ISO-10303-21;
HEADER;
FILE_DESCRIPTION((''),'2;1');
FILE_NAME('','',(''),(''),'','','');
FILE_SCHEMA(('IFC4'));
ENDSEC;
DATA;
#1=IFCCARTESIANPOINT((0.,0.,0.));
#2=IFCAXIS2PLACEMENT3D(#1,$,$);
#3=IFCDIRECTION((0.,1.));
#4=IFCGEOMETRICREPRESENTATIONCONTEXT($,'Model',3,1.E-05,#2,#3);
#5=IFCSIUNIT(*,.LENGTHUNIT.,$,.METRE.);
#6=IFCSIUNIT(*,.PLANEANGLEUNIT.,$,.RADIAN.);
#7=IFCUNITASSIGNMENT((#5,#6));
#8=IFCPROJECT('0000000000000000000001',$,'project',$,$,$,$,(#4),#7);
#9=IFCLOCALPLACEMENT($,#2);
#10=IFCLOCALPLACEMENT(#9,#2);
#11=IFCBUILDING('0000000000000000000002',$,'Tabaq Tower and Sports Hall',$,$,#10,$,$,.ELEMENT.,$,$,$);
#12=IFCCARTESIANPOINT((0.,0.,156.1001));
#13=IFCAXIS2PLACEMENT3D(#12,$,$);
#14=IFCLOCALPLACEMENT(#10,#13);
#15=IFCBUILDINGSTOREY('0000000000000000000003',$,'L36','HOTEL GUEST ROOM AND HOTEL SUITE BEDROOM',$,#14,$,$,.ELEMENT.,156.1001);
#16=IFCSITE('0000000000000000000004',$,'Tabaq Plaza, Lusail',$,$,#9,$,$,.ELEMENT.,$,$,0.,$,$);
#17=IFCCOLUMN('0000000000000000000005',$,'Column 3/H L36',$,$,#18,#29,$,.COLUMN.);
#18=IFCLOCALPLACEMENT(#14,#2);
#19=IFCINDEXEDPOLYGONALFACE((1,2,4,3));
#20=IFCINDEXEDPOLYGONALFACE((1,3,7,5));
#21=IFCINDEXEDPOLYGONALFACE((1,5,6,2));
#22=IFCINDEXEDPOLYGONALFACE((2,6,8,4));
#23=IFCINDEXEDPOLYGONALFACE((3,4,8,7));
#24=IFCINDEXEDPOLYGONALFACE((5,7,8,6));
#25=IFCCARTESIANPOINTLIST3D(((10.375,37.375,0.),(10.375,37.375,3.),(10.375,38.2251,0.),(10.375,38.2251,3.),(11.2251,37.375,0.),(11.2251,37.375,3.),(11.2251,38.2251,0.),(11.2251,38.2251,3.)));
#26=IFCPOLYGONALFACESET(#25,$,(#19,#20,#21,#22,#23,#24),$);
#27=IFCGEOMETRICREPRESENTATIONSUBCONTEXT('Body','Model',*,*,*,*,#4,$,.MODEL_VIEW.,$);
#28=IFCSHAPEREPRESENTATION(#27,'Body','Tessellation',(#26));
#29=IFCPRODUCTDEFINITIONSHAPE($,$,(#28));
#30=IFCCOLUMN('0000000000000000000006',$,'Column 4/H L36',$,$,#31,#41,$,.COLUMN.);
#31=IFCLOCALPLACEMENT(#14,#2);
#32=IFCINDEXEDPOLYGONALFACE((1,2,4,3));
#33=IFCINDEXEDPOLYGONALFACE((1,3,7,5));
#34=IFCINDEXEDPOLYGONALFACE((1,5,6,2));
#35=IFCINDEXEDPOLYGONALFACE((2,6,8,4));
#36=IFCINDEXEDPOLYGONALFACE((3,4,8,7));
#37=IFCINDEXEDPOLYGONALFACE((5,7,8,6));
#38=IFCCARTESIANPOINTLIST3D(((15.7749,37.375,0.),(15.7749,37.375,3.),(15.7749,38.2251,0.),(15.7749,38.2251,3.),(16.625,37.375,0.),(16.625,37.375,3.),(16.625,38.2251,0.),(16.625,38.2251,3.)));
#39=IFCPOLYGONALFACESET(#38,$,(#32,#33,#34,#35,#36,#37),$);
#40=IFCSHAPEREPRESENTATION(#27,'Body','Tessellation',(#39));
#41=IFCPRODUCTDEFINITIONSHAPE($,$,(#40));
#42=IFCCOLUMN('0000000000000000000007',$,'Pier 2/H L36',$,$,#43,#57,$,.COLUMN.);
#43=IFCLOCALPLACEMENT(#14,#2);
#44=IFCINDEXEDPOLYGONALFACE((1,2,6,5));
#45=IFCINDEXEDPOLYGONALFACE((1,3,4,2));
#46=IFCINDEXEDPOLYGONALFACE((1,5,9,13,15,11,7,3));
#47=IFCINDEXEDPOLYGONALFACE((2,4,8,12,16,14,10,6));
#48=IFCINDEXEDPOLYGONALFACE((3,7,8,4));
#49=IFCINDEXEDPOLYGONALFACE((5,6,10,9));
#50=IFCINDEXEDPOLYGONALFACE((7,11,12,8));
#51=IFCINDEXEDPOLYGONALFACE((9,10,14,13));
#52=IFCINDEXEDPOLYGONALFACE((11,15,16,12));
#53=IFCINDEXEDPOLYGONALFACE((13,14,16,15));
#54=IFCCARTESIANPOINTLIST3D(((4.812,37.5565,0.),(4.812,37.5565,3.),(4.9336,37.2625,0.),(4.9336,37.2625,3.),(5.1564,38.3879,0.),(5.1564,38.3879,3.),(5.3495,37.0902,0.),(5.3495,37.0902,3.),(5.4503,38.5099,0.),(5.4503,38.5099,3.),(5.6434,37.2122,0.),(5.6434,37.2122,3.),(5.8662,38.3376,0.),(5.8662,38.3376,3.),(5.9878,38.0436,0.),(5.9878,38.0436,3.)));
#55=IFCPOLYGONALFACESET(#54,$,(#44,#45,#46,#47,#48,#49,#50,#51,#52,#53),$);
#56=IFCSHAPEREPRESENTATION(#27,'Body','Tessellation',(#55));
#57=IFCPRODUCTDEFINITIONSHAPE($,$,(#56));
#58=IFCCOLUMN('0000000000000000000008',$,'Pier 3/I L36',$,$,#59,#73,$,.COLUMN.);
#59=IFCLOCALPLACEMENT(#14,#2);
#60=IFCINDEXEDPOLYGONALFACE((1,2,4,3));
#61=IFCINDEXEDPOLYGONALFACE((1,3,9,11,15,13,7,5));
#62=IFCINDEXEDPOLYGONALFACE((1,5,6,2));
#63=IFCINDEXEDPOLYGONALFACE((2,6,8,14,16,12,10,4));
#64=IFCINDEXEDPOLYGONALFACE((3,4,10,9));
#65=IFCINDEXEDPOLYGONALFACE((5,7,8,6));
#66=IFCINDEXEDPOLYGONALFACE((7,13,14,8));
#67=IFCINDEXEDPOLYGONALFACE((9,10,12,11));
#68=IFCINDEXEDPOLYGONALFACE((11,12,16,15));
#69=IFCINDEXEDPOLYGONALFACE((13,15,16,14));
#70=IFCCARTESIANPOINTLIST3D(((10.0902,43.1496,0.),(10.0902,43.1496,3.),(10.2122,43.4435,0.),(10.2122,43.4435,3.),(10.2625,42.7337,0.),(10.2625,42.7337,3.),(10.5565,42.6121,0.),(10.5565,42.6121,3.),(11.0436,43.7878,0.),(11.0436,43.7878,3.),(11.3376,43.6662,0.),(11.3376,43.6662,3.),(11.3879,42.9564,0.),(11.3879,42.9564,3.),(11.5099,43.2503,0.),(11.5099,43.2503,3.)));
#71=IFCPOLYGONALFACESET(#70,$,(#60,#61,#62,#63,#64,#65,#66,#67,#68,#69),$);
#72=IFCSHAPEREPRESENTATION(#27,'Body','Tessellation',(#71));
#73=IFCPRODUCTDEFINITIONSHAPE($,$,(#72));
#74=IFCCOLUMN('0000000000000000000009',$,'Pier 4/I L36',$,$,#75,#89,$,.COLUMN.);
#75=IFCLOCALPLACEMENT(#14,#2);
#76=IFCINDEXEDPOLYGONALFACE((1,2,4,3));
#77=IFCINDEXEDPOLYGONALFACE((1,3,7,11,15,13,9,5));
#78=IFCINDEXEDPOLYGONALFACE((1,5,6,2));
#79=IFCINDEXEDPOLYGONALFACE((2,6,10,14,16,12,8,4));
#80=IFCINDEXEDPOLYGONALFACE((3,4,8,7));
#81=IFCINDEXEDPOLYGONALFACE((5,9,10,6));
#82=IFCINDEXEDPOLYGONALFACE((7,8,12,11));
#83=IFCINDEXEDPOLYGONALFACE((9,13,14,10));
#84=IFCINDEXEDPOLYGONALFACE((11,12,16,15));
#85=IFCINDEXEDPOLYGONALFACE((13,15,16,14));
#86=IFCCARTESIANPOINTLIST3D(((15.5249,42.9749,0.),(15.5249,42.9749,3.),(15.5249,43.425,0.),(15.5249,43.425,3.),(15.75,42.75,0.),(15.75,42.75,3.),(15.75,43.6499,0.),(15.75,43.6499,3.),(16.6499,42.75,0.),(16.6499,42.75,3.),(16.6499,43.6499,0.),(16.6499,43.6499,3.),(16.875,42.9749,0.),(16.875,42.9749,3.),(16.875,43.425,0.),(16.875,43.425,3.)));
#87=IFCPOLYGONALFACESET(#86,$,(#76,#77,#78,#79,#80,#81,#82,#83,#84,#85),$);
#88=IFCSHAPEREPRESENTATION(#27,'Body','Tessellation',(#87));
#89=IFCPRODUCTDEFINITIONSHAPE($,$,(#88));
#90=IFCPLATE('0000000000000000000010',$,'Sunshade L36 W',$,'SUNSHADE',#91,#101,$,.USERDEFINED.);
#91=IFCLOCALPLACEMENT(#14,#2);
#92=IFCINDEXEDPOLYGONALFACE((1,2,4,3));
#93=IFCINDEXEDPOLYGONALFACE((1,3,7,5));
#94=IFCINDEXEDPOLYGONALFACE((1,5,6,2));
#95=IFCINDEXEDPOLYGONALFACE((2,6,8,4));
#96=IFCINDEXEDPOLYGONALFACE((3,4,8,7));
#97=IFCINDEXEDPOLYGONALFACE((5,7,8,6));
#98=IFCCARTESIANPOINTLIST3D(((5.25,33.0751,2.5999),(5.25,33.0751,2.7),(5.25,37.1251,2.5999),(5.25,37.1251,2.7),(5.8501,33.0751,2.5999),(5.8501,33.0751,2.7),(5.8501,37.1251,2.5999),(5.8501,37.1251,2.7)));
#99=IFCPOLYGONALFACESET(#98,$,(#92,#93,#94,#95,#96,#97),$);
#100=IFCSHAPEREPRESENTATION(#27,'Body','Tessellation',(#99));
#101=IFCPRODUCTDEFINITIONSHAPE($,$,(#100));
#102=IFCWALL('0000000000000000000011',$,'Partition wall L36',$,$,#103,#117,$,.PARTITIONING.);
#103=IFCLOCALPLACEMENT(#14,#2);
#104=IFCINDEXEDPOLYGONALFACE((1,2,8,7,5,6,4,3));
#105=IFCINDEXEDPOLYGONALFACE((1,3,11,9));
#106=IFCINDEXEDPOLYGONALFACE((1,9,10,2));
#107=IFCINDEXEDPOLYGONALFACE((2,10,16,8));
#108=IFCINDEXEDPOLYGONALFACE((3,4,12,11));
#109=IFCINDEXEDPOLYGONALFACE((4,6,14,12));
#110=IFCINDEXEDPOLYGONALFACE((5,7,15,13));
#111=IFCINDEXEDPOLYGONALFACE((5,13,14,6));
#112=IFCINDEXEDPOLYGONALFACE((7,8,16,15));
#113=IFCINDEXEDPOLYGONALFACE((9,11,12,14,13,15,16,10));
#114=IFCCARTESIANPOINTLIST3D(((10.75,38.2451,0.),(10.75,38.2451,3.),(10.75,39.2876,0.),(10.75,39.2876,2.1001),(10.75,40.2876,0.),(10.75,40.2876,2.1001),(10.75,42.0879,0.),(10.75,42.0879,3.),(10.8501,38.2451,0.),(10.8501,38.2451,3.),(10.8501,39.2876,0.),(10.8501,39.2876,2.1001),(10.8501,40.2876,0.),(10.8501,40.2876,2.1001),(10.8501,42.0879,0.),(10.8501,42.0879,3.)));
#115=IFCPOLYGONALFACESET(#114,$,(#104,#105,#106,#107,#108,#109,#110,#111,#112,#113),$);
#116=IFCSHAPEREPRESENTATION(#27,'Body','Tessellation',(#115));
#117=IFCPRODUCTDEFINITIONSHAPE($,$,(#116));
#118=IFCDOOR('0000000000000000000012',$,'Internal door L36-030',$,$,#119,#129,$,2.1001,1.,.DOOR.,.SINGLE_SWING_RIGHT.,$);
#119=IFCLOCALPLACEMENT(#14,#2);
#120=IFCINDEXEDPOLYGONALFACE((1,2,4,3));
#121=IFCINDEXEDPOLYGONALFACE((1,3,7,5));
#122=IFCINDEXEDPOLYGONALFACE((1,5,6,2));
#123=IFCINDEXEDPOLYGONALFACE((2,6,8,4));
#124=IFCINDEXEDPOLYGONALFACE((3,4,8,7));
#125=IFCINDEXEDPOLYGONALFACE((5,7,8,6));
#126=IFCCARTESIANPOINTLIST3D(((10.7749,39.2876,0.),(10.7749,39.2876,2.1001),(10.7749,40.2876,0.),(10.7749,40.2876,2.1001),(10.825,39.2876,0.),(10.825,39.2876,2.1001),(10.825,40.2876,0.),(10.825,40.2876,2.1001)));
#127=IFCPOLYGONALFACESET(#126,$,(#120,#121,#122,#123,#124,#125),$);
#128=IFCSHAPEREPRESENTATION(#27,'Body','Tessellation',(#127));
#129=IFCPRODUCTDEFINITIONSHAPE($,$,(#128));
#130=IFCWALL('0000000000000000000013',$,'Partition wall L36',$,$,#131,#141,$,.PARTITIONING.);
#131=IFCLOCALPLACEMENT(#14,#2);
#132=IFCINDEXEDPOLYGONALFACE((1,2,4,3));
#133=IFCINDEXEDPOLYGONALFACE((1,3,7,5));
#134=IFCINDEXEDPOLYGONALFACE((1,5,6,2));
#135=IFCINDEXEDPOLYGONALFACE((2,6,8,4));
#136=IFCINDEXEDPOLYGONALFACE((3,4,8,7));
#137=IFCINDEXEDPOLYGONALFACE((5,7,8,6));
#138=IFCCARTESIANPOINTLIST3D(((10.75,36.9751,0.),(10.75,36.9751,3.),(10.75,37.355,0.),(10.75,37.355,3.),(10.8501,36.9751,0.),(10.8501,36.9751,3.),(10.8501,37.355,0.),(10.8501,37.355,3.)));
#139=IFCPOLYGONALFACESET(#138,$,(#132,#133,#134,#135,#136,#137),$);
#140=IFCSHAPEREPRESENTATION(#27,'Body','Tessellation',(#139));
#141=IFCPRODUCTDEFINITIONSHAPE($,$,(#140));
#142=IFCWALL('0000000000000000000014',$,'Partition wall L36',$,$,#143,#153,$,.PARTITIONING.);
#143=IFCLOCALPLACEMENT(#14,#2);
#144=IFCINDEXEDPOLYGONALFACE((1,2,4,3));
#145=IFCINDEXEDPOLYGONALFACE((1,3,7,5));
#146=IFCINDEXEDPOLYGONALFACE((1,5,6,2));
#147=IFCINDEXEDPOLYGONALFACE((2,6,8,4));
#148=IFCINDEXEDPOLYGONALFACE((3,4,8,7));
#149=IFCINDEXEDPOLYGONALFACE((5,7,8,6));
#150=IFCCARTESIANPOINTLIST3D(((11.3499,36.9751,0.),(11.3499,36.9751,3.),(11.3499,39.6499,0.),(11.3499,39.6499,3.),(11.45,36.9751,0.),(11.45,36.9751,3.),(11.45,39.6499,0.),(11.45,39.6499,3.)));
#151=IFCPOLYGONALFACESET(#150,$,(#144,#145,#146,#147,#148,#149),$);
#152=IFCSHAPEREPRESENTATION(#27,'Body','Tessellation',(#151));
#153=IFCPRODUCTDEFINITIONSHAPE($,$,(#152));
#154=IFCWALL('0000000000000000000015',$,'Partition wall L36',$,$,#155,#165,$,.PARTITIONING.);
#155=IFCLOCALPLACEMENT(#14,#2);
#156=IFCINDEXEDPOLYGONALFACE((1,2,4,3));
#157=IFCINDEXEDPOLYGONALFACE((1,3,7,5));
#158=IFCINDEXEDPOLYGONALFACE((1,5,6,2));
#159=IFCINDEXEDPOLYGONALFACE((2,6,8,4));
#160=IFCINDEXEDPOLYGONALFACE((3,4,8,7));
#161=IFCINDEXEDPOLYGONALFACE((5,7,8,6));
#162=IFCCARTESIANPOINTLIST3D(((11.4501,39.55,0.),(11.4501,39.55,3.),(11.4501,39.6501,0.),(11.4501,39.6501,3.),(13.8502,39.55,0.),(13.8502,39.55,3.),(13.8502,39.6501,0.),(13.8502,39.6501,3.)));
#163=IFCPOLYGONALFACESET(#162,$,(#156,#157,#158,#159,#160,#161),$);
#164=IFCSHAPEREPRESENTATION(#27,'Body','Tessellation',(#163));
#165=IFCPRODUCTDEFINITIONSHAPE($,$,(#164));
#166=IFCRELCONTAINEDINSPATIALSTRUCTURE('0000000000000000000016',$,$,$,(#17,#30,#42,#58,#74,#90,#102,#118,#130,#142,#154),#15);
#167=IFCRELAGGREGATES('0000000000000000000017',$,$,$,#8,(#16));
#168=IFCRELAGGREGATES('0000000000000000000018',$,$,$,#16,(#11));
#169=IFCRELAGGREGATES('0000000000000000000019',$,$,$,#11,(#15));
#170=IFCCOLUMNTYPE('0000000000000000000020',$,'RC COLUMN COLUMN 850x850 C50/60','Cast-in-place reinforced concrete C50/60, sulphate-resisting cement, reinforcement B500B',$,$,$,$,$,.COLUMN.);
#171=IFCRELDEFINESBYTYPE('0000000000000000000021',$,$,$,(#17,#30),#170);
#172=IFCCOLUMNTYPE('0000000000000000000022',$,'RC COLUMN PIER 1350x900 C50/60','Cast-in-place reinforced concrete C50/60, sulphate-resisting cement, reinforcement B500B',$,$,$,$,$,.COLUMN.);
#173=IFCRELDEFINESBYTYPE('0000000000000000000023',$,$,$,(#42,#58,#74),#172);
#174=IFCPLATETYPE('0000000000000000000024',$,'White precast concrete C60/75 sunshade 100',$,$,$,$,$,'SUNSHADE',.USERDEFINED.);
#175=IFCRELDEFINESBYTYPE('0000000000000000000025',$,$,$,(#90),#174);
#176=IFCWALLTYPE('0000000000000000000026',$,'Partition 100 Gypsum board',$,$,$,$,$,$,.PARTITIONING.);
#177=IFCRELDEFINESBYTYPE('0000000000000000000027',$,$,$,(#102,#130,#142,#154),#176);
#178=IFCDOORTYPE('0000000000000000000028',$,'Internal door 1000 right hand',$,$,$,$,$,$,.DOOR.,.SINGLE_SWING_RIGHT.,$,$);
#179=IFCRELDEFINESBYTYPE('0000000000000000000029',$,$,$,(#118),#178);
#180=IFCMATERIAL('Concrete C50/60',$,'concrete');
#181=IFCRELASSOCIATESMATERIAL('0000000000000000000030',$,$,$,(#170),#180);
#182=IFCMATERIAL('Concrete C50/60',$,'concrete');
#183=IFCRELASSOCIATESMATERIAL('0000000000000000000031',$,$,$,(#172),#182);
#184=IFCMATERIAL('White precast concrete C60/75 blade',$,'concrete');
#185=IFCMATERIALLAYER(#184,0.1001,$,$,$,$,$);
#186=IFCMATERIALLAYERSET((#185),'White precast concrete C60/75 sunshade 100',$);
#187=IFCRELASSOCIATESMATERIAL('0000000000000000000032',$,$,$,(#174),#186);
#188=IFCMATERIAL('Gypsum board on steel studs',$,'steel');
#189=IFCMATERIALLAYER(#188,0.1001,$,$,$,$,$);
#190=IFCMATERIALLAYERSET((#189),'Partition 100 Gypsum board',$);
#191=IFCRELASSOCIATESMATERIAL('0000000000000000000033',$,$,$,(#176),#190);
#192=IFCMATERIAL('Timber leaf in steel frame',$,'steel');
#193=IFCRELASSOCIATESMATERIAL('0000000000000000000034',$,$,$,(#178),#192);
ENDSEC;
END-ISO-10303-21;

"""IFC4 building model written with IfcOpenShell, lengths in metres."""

from ifc_helpers import new_model, si_unit, direction, frame, frame_2d, origin, origin_2d, place, context, subcontext, project, spatial, polyline, rectangle, outline, extrude, material, layer, layer_set, material_profile, profile_set, type_object, element, fill, save


model = new_model("IFC4")

# Units and contexts
model_context = context("Model", 3, precision=1e-05, world=origin(), true_north=direction((0.0, 1.0)))
body_context = subcontext(model_context, "Body", "Model", "MODEL_VIEW")
ifc_project = project(units=[si_unit("LENGTHUNIT", "METRE"), si_unit("PLANEANGLEUNIT", "RADIAN")], contexts=[model_context])

# Site, building, storey
site_placement = place(None, origin())
site = spatial("IfcSite", under=ifc_project, at=site_placement, Name="Tabaq Plaza, Lusail", CompositionType="ELEMENT", RefElevation=0.0)
building_placement = place(site_placement, origin())
building = spatial("IfcBuilding", under=site, at=building_placement, Name="Tabaq Tower and Sports Hall", CompositionType="ELEMENT")
storey_placement = place(building_placement, frame((0.0, 0.0, 156.1001)))
storey = spatial("IfcBuildingStorey", under=building, at=storey_placement, Name="L36", Description="HOTEL GUEST ROOM AND HOTEL SUITE BEDROOM", CompositionType="ELEMENT", Elevation=156.1001)

# Columns
ifc_material_1 = material(Name="Concrete C50/60", Category="concrete")
ifc_material_profile_1 = material_profile(ifc_material_1, rectangle(XDim=0.8501, YDim=0.8501, at=origin_2d()), Name="COLUMN 850x850")
ifc_profile_set_1 = profile_set([ifc_material_profile_1], Name="Concrete C50/60")
column_type_1 = type_object("IfcColumnType", Name="RC COLUMN COLUMN 850x850 C50/60", Description="Cast-in-place reinforced concrete C50/60, sulphate-resisting cement, reinforcement B500B", PredefinedType="COLUMN", material=ifc_profile_set_1)
for number, where, z_axis, x_axis, name in (
    (1, (10.8, 37.8, 0.0), (0.0, 0.0, 1.0), (1.0, 0.0, 0.0), "Column 3/H L36"),
    (2, (16.2, 37.8, 0.0), (0.0, 0.0, 1.0), (1.0, 0.0, 0.0), "Column 4/H L36"),
):
    element("IfcColumn", number, at=place(storey_placement, frame(where, z_axis=z_axis, x_axis=x_axis)), inside=storey, type_object=column_type_1, Name=name, PredefinedType="COLUMN", context=body_context, shape_type="SweptSolid", body=[
        extrude(rectangle(XDim=0.8501, YDim=0.8501, at=origin_2d()), origin(), (0.0, 0.0, 1.0), 3.0),
    ])
ifc_material_2 = material(Name="Concrete C50/60", Category="concrete")
ifc_material_profile_2 = material_profile(ifc_material_2, outline(polyline([(-0.45, -0.45), (0.45, -0.45), (0.675, -0.2251), (0.675, 0.2251), (0.45, 0.45), (-0.45, 0.45), (-0.675, 0.2251), (-0.675, -0.2251), (-0.45, -0.45)])), Name="PIER 1350x900")
ifc_profile_set_2 = profile_set([ifc_material_profile_2], Name="Concrete C50/60")
column_type_2 = type_object("IfcColumnType", Name="RC COLUMN PIER 1350x900 C50/60", Description="Cast-in-place reinforced concrete C50/60, sulphate-resisting cement, reinforcement B500B", PredefinedType="COLUMN", material=ifc_profile_set_2)
for number, where, z_axis, x_axis, name in (
    (3, (5.3999, 37.8, 0.0), (0.0, 0.0, 1.0), (0.382683, 0.92388, 0.0), "Pier 2/H L36"),
    (4, (10.8, 43.2, 0.0), (0.0, 0.0, 1.0), (0.92388, 0.382683, 0.0), "Pier 3/I L36"),
    (5, (16.2, 43.2, 0.0), (0.0, 0.0, 1.0), (1.0, 0.0, 0.0), "Pier 4/I L36"),
):
    element("IfcColumn", number, at=place(storey_placement, frame(where, z_axis=z_axis, x_axis=x_axis)), inside=storey, type_object=column_type_2, Name=name, PredefinedType="COLUMN", context=body_context, shape_type="SweptSolid", body=[
        extrude(outline(polyline([(-0.45, -0.45), (0.45, -0.45), (0.675, -0.2251), (0.675, 0.2251), (0.45, 0.45), (-0.45, 0.45), (-0.675, 0.2251), (-0.675, -0.2251), (-0.45, -0.45)])), origin(), (0.0, 0.0, 1.0), 3.0),
    ])

# Plate
ifc_material_3 = material(Name="White precast concrete C60/75 blade", Category="concrete")
ifc_layer_1 = layer(ifc_material_3, 0.1001)
ifc_layer_set_1 = layer_set([ifc_layer_1], Name="White precast concrete C60/75 sunshade 100")
plate_type = type_object("IfcPlateType", Name="White precast concrete C60/75 sunshade 100", ElementType="SUNSHADE", PredefinedType="USERDEFINED", material=ifc_layer_set_1)
plate_placement = place(storey_placement, frame((5.55, 35.1001, 2.5999), z_axis=(0.0, 0.0, 1.0), x_axis=(0.0, -1.0, 0.0)))
element("IfcPlate", 6, at=plate_placement, inside=storey, type_object=plate_type, Name="Sunshade L36 W", ObjectType="SUNSHADE", PredefinedType="USERDEFINED", context=body_context, shape_type="SweptSolid", body=[
    extrude(rectangle(XDim=4.05, YDim=0.6001, at=origin_2d()), origin(), (0.0, 0.0, 1.0), 0.1001),
])

# Wall, opening, door
ifc_material_4 = material(Name="Gypsum board on steel studs", Category="steel")
ifc_layer_2 = layer(ifc_material_4, 0.1001)
ifc_layer_set_2 = layer_set([ifc_layer_2], Name="Partition 100 Gypsum board")
wall_type_1 = type_object("IfcWallType", Name="Partition 100 Gypsum board", PredefinedType="PARTITIONING", material=ifc_layer_set_2)
wall_1_placement = place(storey_placement, frame((10.8, 42.0879, 0.0), z_axis=(0.0, 0.0, 1.0), x_axis=(0.0, -1.0, 0.0)))
wall_1 = element("IfcWall", 7, at=wall_1_placement, inside=storey, type_object=wall_type_1, Name="Partition wall L36", PredefinedType="PARTITIONING", context=body_context, shape_type="SweptSolid", body=[
    extrude(rectangle(XDim=3.8428, YDim=0.1001, at=frame_2d((1.9214, 0.0))), origin(), (0.0, 0.0, 1.0), 3.0),
])
opening_1_placement = place(wall_1_placement, frame((1.8003, 0.0, 0.0)))
opening_1 = element("IfcOpeningElement", 8, at=opening_1_placement, cuts=wall_1, PredefinedType="OPENING", context=body_context, shape_type="SweptSolid", body=[
    extrude(rectangle(XDim=1.0, YDim=2.1001, at=frame_2d((0.5, 1.05))), frame((0.0, 0.05, 0.0), z_axis=(0.0, -1.0, 0.0), x_axis=(1.0, 0.0, 0.0)), (0.0, 0.0, 1.0), 0.1001),
])
ifc_material_5 = material(Name="Timber leaf in steel frame", Category="steel")
door_type_1 = type_object("IfcDoorType", Name="Internal door 1000 right hand", OperationType="SINGLE_SWING_RIGHT", PredefinedType="DOOR", material=ifc_material_5)
door_1_placement = place(opening_1_placement, origin())
door_1 = element("IfcDoor", 9, at=door_1_placement, inside=storey, type_object=door_type_1, Name="Internal door L36-030", OperationType="SINGLE_SWING_RIGHT", OverallHeight=2.1001, OverallWidth=1.0, PredefinedType="DOOR", context=body_context, shape_type="SweptSolid", body=[
    extrude(rectangle(XDim=1.0, YDim=2.1001, at=frame_2d((0.5, 1.05))), frame((0.0, 0.0249, 0.0), z_axis=(0.0, -1.0, 0.0), x_axis=(1.0, 0.0, 0.0)), (0.0, 0.0, 1.0), 0.05),
])
fill(opening_1, door_1)

# Walls
wall_2_placement = place(storey_placement, frame((10.8, 37.355, 0.0), z_axis=(0.0, 0.0, 1.0), x_axis=(0.0, -1.0, 0.0)))
element("IfcWall", 10, at=wall_2_placement, inside=storey, type_object=wall_type_1, Name="Partition wall L36", PredefinedType="PARTITIONING", context=body_context, shape_type="SweptSolid", body=[
    extrude(rectangle(XDim=0.3799, YDim=0.1001, at=frame_2d((0.1899, 0.0))), origin(), (0.0, 0.0, 1.0), 3.0),
])
wall_3_placement = place(storey_placement, frame((11.3999, 36.9751, 0.0), z_axis=(0.0, 0.0, 1.0), x_axis=(0.0, 1.0, 0.0)))
element("IfcWall", 11, at=wall_3_placement, inside=storey, type_object=wall_type_1, Name="Partition wall L36", PredefinedType="PARTITIONING", context=body_context, shape_type="SweptSolid", body=[
    extrude(rectangle(XDim=2.6748, YDim=0.1001, at=frame_2d((1.3374, 0.0))), origin(), (0.0, 0.0, 1.0), 3.0),
])
wall_4_placement = place(storey_placement, frame((11.45, 39.6001, 0.0), z_axis=(0.0, 0.0, 1.0), x_axis=(1.0, 0.0, 0.0)))
element("IfcWall", 12, at=wall_4_placement, inside=storey, type_object=wall_type_1, Name="Partition wall L36", PredefinedType="PARTITIONING", context=body_context, shape_type="SweptSolid", body=[
    extrude(rectangle(XDim=2.4001, YDim=0.1001, at=frame_2d((1.2002, 0.0))), origin(), (0.0, 0.0, 1.0), 3.0),
])

save(model, "model.ifc")
